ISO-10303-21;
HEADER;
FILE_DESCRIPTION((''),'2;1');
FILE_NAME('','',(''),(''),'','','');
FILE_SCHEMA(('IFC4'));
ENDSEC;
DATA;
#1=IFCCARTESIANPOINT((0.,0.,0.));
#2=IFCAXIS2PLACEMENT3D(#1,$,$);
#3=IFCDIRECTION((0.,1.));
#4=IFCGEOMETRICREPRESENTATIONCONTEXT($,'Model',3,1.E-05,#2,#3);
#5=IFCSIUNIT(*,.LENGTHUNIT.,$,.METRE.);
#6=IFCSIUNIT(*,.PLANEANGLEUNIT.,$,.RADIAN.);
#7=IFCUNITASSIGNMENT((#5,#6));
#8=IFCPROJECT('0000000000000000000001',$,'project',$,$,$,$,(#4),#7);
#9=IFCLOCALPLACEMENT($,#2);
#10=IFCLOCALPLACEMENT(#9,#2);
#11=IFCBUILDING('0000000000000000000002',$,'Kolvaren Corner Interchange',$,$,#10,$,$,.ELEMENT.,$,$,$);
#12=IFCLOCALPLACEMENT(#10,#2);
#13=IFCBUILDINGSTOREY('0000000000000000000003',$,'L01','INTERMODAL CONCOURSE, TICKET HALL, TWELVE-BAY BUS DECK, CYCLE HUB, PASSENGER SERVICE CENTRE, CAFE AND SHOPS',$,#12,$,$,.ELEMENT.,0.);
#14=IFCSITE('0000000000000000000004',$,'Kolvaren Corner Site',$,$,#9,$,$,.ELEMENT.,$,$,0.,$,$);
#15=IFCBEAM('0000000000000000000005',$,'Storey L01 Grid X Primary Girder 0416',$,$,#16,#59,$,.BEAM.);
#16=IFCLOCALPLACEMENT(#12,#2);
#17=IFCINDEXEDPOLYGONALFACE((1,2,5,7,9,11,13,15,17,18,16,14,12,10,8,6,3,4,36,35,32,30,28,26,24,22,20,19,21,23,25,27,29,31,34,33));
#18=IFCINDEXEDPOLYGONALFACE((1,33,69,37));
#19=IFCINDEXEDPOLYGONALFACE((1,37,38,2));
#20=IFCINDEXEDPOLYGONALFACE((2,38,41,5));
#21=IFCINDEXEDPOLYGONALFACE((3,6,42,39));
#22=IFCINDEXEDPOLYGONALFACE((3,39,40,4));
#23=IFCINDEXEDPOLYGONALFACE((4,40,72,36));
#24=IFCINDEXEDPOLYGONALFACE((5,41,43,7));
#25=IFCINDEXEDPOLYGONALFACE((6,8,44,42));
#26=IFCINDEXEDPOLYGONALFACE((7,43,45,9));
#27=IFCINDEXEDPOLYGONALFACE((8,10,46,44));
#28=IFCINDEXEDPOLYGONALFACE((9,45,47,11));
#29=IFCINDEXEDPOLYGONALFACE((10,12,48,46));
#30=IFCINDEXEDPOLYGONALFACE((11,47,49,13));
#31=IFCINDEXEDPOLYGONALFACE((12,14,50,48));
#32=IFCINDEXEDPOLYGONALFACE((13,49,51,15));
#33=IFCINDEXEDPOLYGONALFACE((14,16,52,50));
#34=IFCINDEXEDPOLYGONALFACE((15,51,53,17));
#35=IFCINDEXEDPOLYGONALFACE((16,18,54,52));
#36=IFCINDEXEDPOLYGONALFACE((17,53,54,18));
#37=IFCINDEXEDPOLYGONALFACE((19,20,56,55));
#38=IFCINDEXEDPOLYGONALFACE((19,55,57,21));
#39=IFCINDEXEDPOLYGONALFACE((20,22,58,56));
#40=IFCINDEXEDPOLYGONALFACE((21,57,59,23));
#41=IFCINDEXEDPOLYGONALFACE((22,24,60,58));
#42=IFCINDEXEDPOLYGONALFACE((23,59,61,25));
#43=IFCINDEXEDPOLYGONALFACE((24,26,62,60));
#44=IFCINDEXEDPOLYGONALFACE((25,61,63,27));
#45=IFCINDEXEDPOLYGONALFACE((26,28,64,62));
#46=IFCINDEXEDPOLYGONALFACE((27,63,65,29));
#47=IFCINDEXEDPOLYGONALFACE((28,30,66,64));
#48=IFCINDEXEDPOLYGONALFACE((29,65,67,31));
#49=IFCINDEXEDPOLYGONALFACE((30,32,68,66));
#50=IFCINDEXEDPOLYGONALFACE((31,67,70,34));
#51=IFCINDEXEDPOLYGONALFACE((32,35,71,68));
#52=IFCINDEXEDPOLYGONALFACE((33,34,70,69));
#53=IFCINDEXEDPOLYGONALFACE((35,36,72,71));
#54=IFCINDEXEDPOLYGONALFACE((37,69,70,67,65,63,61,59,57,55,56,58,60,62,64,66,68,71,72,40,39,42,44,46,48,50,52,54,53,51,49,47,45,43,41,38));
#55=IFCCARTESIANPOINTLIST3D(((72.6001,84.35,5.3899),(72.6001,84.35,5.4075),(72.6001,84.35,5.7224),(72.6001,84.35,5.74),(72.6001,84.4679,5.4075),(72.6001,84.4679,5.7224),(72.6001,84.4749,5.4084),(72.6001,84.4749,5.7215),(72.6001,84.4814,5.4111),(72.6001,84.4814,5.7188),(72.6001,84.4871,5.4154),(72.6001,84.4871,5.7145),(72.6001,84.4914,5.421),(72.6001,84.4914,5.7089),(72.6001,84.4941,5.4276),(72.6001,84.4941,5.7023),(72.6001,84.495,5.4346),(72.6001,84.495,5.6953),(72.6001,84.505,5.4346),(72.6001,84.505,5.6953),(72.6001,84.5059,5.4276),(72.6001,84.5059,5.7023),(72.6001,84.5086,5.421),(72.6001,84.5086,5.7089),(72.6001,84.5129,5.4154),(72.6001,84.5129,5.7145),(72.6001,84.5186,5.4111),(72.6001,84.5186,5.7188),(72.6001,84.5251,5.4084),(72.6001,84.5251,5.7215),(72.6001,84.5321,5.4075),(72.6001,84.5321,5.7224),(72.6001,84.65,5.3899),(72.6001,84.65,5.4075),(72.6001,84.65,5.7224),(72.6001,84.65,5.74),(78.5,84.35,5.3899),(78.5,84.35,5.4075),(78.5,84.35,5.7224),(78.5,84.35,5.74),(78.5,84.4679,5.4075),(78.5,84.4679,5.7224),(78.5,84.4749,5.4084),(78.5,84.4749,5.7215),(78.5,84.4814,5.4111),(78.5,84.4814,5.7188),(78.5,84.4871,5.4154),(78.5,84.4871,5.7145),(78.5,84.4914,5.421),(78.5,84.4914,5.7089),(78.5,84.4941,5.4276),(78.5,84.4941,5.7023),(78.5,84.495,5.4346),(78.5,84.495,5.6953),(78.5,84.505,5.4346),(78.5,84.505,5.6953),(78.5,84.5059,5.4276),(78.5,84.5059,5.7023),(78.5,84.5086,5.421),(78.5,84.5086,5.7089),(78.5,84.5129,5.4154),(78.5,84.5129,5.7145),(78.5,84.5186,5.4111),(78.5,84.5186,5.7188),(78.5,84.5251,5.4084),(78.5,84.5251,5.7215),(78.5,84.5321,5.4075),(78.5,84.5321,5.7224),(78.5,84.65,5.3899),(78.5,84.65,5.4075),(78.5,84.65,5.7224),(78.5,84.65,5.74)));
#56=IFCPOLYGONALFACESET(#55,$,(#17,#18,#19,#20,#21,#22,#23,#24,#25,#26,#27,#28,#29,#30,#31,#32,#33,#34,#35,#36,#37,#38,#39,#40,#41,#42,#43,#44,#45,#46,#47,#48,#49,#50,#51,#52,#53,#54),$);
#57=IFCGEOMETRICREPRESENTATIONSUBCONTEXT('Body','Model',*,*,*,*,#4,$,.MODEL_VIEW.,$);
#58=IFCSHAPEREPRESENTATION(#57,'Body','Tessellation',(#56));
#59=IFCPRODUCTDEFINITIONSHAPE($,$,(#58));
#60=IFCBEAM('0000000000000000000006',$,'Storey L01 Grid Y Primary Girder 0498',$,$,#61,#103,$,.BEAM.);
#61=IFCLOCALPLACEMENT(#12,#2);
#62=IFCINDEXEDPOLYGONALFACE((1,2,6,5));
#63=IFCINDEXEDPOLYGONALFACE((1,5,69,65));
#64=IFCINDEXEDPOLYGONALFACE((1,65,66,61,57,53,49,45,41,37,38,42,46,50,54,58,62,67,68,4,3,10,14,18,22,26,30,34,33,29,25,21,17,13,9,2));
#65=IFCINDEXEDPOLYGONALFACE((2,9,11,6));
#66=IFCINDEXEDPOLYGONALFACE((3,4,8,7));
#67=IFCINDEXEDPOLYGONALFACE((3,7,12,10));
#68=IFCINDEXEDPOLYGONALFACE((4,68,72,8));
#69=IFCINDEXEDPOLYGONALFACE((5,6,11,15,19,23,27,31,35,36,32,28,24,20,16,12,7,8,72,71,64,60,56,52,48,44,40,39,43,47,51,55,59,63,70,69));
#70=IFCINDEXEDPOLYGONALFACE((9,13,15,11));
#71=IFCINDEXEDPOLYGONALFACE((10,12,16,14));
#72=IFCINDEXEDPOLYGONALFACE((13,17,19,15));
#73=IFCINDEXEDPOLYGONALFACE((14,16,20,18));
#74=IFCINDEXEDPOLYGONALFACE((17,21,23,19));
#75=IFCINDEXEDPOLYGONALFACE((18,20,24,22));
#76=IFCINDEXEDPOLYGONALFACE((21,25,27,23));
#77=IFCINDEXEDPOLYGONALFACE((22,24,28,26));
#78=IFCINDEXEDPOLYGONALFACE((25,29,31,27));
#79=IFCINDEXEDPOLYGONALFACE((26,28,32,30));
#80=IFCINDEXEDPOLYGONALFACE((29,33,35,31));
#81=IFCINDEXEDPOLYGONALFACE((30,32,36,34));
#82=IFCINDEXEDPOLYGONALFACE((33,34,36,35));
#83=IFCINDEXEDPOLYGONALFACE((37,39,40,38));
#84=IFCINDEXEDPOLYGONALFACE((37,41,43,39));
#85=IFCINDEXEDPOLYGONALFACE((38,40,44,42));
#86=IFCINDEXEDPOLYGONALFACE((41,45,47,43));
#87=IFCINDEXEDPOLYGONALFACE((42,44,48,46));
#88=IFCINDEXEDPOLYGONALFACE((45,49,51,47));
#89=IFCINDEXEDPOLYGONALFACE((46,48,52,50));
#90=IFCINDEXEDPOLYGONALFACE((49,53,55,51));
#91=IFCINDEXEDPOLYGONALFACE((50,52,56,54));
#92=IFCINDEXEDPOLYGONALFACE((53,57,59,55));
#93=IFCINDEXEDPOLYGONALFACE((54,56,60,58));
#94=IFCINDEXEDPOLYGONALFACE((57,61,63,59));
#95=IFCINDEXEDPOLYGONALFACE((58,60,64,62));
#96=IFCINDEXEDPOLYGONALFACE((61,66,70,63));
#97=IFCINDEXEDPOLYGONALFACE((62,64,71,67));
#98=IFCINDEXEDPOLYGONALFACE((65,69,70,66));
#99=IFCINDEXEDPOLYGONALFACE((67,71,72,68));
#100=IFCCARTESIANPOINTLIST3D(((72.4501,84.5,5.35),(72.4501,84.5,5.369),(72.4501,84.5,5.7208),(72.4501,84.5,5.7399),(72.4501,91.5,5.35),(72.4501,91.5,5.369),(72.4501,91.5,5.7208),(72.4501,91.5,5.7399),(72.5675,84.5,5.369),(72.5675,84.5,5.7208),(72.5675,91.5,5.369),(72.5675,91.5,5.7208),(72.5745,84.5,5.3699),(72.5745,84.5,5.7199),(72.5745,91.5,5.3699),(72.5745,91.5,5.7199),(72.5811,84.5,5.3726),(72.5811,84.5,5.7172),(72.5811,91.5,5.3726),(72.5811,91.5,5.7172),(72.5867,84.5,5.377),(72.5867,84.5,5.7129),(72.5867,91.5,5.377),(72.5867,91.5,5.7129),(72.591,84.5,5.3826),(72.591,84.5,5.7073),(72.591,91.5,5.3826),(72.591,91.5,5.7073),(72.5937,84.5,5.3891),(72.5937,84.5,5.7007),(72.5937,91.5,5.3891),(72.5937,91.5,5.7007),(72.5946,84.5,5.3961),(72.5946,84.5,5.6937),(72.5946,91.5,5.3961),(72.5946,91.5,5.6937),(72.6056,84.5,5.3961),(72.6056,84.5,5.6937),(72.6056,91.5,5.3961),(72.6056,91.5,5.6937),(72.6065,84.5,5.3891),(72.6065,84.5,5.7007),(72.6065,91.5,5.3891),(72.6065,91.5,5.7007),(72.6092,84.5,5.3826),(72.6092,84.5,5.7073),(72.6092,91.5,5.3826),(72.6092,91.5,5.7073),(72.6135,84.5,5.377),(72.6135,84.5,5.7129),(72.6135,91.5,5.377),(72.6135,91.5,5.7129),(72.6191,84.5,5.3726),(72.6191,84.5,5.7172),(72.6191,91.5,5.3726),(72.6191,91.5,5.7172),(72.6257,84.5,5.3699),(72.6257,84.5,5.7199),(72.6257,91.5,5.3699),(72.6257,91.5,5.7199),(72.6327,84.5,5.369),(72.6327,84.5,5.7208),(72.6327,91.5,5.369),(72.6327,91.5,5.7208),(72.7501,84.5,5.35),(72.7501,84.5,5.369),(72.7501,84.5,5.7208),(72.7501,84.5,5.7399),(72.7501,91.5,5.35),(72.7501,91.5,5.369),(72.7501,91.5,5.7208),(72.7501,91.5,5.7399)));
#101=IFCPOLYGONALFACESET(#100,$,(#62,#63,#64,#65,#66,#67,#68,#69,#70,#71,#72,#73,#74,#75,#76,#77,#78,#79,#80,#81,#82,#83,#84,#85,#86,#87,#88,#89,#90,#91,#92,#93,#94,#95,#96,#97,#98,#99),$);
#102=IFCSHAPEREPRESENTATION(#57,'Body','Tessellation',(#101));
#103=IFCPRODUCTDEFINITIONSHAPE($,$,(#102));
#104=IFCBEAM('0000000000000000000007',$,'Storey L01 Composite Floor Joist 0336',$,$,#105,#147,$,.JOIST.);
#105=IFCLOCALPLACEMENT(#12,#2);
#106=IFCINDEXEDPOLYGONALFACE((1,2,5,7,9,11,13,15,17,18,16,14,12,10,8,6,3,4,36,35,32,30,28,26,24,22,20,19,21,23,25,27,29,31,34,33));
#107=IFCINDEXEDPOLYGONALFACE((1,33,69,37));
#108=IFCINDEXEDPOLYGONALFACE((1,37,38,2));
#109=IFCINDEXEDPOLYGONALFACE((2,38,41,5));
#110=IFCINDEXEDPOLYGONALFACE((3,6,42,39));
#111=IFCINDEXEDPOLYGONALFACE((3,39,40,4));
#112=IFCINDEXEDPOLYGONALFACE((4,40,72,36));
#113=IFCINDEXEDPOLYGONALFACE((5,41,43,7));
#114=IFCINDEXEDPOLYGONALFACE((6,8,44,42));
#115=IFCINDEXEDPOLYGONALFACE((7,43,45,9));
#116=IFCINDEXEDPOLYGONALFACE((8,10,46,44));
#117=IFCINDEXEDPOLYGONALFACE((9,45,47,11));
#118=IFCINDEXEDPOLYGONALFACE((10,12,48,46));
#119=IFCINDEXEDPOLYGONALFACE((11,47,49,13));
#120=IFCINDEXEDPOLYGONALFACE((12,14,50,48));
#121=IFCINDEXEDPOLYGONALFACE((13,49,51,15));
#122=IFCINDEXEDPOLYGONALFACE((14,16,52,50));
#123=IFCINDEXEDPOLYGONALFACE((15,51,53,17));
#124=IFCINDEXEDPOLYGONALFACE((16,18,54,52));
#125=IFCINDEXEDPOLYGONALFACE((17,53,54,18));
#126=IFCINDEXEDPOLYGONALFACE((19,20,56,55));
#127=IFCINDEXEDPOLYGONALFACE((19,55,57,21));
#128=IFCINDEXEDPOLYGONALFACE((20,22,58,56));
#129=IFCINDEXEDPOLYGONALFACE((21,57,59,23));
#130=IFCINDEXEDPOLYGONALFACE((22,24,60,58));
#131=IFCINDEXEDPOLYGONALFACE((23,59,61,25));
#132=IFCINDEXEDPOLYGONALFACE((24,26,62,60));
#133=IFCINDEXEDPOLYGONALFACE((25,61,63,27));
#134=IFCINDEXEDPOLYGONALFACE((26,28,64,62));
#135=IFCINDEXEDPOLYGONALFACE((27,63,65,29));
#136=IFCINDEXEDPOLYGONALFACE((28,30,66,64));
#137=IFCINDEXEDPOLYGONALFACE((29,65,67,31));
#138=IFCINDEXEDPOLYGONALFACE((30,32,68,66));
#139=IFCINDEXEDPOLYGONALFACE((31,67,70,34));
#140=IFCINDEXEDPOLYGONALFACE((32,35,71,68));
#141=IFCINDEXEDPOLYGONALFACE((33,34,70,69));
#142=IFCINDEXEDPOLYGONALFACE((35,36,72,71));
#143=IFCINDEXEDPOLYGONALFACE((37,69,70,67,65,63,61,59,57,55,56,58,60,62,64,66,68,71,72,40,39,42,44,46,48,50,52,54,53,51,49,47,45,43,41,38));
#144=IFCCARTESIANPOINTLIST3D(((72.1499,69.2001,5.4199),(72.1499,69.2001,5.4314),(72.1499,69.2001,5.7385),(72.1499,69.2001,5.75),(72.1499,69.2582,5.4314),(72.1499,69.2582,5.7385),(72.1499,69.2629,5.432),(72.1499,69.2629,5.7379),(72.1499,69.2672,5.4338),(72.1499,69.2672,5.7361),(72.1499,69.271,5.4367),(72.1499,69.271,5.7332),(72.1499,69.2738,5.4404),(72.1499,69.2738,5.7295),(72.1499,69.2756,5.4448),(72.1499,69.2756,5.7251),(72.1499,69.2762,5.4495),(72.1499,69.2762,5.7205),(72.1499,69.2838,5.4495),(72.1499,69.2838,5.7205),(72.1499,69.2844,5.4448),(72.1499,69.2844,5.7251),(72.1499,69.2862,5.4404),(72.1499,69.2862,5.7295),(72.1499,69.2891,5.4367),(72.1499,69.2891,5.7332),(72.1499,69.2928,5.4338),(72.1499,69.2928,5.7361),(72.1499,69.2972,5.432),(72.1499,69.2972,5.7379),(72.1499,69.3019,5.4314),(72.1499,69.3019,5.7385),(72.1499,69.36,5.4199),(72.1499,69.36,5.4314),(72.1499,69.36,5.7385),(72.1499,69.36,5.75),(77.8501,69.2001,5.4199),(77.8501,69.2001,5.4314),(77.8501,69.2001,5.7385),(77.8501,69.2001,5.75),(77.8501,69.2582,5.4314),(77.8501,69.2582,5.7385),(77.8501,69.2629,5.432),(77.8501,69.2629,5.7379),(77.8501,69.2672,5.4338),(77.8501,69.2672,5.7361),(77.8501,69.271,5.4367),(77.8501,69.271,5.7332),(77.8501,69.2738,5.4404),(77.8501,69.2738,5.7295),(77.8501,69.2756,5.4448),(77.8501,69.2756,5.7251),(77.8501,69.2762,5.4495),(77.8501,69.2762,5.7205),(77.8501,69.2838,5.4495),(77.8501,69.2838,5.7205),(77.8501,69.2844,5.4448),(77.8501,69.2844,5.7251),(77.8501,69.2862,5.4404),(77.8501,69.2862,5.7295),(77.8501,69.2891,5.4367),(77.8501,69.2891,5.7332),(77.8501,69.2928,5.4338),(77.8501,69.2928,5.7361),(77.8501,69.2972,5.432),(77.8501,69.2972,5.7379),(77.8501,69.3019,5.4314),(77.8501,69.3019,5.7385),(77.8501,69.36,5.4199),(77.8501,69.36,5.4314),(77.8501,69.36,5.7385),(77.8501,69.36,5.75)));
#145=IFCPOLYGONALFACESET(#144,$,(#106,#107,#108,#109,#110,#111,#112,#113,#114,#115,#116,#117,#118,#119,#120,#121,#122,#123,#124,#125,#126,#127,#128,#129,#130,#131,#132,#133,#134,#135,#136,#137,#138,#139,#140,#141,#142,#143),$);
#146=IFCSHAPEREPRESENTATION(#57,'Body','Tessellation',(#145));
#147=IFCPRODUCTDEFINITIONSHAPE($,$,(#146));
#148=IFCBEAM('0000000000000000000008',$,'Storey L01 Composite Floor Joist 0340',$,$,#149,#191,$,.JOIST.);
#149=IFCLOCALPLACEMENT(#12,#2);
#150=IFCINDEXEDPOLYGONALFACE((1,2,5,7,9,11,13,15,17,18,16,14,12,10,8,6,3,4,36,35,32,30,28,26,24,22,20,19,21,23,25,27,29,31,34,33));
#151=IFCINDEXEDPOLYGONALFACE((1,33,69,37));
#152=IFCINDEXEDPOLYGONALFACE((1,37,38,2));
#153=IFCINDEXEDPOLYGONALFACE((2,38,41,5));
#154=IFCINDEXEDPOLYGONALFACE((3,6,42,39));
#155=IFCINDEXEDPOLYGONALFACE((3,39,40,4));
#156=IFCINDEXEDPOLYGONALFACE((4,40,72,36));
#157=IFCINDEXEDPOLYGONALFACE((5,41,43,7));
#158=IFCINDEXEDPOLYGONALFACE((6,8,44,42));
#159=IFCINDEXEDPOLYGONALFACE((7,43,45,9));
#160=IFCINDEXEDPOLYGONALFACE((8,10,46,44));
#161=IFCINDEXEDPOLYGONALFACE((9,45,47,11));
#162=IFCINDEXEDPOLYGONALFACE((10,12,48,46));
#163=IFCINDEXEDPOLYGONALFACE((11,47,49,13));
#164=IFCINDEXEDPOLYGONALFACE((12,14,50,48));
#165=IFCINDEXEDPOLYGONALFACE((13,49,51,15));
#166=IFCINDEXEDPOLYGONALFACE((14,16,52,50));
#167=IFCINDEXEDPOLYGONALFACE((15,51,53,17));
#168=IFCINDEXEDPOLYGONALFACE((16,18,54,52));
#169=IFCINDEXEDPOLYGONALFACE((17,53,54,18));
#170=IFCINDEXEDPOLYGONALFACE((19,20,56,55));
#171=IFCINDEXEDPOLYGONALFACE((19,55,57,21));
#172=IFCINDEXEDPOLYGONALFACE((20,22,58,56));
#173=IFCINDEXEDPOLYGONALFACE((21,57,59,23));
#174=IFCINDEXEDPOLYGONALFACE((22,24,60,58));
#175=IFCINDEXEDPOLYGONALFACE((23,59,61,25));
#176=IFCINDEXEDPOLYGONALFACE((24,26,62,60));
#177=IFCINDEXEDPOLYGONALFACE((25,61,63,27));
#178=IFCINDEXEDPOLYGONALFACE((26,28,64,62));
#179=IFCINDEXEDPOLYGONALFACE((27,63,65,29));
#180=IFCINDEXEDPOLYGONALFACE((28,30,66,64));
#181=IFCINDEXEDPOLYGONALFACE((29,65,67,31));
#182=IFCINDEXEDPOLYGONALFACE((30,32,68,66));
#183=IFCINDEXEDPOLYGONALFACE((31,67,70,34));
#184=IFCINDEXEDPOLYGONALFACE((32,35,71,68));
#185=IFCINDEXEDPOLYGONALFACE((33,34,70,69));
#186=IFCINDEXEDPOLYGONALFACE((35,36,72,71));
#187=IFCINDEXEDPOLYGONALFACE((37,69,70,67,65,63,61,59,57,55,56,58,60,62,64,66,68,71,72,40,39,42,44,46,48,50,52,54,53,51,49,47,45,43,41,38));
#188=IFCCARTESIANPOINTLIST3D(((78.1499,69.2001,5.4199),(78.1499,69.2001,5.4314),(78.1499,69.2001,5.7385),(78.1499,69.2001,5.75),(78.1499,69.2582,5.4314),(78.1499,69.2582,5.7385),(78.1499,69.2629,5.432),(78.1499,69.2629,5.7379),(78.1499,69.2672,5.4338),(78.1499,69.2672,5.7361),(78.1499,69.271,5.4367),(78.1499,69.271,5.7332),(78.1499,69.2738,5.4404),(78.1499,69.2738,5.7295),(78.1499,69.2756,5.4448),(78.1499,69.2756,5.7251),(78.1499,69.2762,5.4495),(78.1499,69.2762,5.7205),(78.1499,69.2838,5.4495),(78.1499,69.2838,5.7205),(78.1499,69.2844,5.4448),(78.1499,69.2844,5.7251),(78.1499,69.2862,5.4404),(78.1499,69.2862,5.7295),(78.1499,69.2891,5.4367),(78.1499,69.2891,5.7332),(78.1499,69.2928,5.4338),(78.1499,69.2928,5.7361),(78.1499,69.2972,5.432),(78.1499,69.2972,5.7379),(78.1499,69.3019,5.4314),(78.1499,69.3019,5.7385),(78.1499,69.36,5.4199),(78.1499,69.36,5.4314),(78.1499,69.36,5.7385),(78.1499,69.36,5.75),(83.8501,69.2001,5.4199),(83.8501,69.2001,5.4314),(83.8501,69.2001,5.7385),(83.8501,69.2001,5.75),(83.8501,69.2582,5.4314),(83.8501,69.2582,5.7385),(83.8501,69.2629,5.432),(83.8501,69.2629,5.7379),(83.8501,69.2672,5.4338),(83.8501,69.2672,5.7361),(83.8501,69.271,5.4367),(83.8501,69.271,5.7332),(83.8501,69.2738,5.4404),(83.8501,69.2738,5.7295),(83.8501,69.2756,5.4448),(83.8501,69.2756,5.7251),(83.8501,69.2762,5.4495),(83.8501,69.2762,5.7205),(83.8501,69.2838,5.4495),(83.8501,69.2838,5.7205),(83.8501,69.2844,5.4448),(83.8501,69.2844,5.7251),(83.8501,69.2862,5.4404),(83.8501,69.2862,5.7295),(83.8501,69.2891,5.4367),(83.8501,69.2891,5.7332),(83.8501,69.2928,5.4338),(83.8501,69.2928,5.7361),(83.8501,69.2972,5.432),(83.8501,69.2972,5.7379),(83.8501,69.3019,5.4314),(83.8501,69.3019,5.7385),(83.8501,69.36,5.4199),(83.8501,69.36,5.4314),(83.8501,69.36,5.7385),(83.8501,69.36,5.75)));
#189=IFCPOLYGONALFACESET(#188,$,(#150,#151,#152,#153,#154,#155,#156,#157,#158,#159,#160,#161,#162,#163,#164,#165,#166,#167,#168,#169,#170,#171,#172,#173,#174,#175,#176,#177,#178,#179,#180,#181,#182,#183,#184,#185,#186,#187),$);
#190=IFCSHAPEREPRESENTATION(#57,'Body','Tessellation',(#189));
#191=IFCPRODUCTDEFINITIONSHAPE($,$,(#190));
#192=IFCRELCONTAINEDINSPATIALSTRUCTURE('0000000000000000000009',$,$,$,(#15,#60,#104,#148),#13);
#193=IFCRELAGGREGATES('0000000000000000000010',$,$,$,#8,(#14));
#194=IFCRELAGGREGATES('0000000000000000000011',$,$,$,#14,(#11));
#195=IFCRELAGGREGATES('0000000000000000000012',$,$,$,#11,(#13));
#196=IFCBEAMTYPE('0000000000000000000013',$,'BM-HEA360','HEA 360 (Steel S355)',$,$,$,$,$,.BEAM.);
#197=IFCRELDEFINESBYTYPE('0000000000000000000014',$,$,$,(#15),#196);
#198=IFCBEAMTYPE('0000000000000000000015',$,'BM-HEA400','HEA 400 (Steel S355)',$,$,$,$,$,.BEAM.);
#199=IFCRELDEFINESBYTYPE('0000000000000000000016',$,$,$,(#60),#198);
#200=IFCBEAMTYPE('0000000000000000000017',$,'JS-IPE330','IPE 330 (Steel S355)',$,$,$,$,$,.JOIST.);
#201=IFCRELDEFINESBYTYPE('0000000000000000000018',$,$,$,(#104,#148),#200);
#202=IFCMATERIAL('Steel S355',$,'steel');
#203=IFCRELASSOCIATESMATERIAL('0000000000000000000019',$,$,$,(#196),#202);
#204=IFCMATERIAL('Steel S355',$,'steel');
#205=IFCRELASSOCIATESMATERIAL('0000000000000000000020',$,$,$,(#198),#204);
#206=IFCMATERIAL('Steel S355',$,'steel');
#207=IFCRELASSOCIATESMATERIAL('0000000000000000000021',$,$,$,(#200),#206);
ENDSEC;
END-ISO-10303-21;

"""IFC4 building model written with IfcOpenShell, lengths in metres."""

from ifc_helpers import new_model, si_unit, direction, frame, origin, origin_2d, place, context, subcontext, project, spatial, i_section, extrude, material, material_profile, profile_set, type_object, element, save


model = new_model("IFC4")

# Units and contexts
model_context = context("Model", 3, precision=1e-05, world=origin(), true_north=direction((0.0, 1.0)))
body_context = subcontext(model_context, "Body", "Model", "MODEL_VIEW")
ifc_project = project(units=[si_unit("LENGTHUNIT", "METRE"), si_unit("PLANEANGLEUNIT", "RADIAN")], contexts=[model_context])

# Site, building, storey
site_placement = place(None, origin())
site = spatial("IfcSite", under=ifc_project, at=site_placement, Name="Kolvaren Corner Site", CompositionType="ELEMENT", RefElevation=0.0)
building_placement = place(site_placement, origin())
building = spatial("IfcBuilding", under=site, at=building_placement, Name="Kolvaren Corner Interchange", CompositionType="ELEMENT")
storey_placement = place(building_placement, origin())
storey = spatial("IfcBuildingStorey", under=building, at=storey_placement, Name="L01", Description="INTERMODAL CONCOURSE, TICKET HALL, TWELVE-BAY BUS DECK, CYCLE HUB, PASSENGER SERVICE CENTRE, CAFE AND SHOPS", CompositionType="ELEMENT", Elevation=0.0)

# Beams
ifc_material_1 = material(Name="Steel S355", Category="steel")
ifc_material_profile_1 = material_profile(ifc_material_1, i_section(OverallWidth=0.3, OverallDepth=0.3501, WebThickness=0.01, FlangeThickness=0.0176, FilletRadius=0.0271, at=origin_2d()), Name="HEA 360")
ifc_profile_set_1 = profile_set([ifc_material_profile_1], Name="Steel S355")
beam_type_1 = type_object("IfcBeamType", Name="BM-HEA360", Description="HEA 360 (Steel S355)", PredefinedType="BEAM", material=ifc_profile_set_1)
beam_1_placement = place(storey_placement, frame((72.6001, 84.5, 5.5649), z_axis=(1.0, 0.0, 0.0), x_axis=(0.0, 1.0, 0.0)))
element("IfcBeam", 1, at=beam_1_placement, inside=storey, type_object=beam_type_1, Name="Storey L01 Grid X Primary Girder 0416", PredefinedType="BEAM", context=body_context, shape_type="SweptSolid", body=[
    extrude(i_section(OverallWidth=0.3, OverallDepth=0.3501, WebThickness=0.01, FlangeThickness=0.0176, FilletRadius=0.0271, at=origin_2d()), origin(), (0.0, 0.0, 1.0), 5.8999),
])
ifc_material_2 = material(Name="Steel S355", Category="steel")
ifc_material_profile_2 = material_profile(ifc_material_2, i_section(OverallWidth=0.3, OverallDepth=0.3899, WebThickness=0.011, FlangeThickness=0.019, FilletRadius=0.0271, at=origin_2d()), Name="HEA 400")
ifc_profile_set_2 = profile_set([ifc_material_profile_2], Name="Steel S355")
beam_type_2 = type_object("IfcBeamType", Name="BM-HEA400", Description="HEA 400 (Steel S355)", PredefinedType="BEAM", material=ifc_profile_set_2)
beam_2_placement = place(storey_placement, frame((72.6001, 84.5, 5.5449), z_axis=(0.0, 1.0, 0.0), x_axis=(-1.0, 0.0, 0.0)))
element("IfcBeam", 2, at=beam_2_placement, inside=storey, type_object=beam_type_2, Name="Storey L01 Grid Y Primary Girder 0498", PredefinedType="BEAM", context=body_context, shape_type="SweptSolid", body=[
    extrude(i_section(OverallWidth=0.3, OverallDepth=0.3899, WebThickness=0.011, FlangeThickness=0.019, FilletRadius=0.0271, at=origin_2d()), origin(), (0.0, 0.0, 1.0), 7.0),
])
ifc_material_3 = material(Name="Steel S355", Category="steel")
ifc_material_profile_3 = material_profile(ifc_material_3, i_section(OverallWidth=0.1599, OverallDepth=0.3301, WebThickness=0.0076, FlangeThickness=0.0115, FilletRadius=0.0181, at=origin_2d()), Name="IPE 330")
ifc_profile_set_3 = profile_set([ifc_material_profile_3], Name="Steel S355")
beam_type_3 = type_object("IfcBeamType", Name="JS-IPE330", Description="IPE 330 (Steel S355)", PredefinedType="JOIST", material=ifc_profile_set_3)
for number, where, z_axis, x_axis, name in (
    (3, (72.1499, 69.28, 5.585), (1.0, 0.0, 0.0), (0.0, 1.0, 0.0), "Storey L01 Composite Floor Joist 0336"),
    (4, (78.1499, 69.28, 5.585), (1.0, 0.0, 0.0), (0.0, 1.0, 0.0), "Storey L01 Composite Floor Joist 0340"),
):
    element("IfcBeam", number, at=place(storey_placement, frame(where, z_axis=z_axis, x_axis=x_axis)), inside=storey, type_object=beam_type_3, Name=name, PredefinedType="JOIST", context=body_context, shape_type="SweptSolid", body=[
        extrude(i_section(OverallWidth=0.1599, OverallDepth=0.3301, WebThickness=0.0076, FlangeThickness=0.0115, FilletRadius=0.0181, at=origin_2d()), origin(), (0.0, 0.0, 1.0), 5.7002),
    ])

save(model, "model.ifc")
